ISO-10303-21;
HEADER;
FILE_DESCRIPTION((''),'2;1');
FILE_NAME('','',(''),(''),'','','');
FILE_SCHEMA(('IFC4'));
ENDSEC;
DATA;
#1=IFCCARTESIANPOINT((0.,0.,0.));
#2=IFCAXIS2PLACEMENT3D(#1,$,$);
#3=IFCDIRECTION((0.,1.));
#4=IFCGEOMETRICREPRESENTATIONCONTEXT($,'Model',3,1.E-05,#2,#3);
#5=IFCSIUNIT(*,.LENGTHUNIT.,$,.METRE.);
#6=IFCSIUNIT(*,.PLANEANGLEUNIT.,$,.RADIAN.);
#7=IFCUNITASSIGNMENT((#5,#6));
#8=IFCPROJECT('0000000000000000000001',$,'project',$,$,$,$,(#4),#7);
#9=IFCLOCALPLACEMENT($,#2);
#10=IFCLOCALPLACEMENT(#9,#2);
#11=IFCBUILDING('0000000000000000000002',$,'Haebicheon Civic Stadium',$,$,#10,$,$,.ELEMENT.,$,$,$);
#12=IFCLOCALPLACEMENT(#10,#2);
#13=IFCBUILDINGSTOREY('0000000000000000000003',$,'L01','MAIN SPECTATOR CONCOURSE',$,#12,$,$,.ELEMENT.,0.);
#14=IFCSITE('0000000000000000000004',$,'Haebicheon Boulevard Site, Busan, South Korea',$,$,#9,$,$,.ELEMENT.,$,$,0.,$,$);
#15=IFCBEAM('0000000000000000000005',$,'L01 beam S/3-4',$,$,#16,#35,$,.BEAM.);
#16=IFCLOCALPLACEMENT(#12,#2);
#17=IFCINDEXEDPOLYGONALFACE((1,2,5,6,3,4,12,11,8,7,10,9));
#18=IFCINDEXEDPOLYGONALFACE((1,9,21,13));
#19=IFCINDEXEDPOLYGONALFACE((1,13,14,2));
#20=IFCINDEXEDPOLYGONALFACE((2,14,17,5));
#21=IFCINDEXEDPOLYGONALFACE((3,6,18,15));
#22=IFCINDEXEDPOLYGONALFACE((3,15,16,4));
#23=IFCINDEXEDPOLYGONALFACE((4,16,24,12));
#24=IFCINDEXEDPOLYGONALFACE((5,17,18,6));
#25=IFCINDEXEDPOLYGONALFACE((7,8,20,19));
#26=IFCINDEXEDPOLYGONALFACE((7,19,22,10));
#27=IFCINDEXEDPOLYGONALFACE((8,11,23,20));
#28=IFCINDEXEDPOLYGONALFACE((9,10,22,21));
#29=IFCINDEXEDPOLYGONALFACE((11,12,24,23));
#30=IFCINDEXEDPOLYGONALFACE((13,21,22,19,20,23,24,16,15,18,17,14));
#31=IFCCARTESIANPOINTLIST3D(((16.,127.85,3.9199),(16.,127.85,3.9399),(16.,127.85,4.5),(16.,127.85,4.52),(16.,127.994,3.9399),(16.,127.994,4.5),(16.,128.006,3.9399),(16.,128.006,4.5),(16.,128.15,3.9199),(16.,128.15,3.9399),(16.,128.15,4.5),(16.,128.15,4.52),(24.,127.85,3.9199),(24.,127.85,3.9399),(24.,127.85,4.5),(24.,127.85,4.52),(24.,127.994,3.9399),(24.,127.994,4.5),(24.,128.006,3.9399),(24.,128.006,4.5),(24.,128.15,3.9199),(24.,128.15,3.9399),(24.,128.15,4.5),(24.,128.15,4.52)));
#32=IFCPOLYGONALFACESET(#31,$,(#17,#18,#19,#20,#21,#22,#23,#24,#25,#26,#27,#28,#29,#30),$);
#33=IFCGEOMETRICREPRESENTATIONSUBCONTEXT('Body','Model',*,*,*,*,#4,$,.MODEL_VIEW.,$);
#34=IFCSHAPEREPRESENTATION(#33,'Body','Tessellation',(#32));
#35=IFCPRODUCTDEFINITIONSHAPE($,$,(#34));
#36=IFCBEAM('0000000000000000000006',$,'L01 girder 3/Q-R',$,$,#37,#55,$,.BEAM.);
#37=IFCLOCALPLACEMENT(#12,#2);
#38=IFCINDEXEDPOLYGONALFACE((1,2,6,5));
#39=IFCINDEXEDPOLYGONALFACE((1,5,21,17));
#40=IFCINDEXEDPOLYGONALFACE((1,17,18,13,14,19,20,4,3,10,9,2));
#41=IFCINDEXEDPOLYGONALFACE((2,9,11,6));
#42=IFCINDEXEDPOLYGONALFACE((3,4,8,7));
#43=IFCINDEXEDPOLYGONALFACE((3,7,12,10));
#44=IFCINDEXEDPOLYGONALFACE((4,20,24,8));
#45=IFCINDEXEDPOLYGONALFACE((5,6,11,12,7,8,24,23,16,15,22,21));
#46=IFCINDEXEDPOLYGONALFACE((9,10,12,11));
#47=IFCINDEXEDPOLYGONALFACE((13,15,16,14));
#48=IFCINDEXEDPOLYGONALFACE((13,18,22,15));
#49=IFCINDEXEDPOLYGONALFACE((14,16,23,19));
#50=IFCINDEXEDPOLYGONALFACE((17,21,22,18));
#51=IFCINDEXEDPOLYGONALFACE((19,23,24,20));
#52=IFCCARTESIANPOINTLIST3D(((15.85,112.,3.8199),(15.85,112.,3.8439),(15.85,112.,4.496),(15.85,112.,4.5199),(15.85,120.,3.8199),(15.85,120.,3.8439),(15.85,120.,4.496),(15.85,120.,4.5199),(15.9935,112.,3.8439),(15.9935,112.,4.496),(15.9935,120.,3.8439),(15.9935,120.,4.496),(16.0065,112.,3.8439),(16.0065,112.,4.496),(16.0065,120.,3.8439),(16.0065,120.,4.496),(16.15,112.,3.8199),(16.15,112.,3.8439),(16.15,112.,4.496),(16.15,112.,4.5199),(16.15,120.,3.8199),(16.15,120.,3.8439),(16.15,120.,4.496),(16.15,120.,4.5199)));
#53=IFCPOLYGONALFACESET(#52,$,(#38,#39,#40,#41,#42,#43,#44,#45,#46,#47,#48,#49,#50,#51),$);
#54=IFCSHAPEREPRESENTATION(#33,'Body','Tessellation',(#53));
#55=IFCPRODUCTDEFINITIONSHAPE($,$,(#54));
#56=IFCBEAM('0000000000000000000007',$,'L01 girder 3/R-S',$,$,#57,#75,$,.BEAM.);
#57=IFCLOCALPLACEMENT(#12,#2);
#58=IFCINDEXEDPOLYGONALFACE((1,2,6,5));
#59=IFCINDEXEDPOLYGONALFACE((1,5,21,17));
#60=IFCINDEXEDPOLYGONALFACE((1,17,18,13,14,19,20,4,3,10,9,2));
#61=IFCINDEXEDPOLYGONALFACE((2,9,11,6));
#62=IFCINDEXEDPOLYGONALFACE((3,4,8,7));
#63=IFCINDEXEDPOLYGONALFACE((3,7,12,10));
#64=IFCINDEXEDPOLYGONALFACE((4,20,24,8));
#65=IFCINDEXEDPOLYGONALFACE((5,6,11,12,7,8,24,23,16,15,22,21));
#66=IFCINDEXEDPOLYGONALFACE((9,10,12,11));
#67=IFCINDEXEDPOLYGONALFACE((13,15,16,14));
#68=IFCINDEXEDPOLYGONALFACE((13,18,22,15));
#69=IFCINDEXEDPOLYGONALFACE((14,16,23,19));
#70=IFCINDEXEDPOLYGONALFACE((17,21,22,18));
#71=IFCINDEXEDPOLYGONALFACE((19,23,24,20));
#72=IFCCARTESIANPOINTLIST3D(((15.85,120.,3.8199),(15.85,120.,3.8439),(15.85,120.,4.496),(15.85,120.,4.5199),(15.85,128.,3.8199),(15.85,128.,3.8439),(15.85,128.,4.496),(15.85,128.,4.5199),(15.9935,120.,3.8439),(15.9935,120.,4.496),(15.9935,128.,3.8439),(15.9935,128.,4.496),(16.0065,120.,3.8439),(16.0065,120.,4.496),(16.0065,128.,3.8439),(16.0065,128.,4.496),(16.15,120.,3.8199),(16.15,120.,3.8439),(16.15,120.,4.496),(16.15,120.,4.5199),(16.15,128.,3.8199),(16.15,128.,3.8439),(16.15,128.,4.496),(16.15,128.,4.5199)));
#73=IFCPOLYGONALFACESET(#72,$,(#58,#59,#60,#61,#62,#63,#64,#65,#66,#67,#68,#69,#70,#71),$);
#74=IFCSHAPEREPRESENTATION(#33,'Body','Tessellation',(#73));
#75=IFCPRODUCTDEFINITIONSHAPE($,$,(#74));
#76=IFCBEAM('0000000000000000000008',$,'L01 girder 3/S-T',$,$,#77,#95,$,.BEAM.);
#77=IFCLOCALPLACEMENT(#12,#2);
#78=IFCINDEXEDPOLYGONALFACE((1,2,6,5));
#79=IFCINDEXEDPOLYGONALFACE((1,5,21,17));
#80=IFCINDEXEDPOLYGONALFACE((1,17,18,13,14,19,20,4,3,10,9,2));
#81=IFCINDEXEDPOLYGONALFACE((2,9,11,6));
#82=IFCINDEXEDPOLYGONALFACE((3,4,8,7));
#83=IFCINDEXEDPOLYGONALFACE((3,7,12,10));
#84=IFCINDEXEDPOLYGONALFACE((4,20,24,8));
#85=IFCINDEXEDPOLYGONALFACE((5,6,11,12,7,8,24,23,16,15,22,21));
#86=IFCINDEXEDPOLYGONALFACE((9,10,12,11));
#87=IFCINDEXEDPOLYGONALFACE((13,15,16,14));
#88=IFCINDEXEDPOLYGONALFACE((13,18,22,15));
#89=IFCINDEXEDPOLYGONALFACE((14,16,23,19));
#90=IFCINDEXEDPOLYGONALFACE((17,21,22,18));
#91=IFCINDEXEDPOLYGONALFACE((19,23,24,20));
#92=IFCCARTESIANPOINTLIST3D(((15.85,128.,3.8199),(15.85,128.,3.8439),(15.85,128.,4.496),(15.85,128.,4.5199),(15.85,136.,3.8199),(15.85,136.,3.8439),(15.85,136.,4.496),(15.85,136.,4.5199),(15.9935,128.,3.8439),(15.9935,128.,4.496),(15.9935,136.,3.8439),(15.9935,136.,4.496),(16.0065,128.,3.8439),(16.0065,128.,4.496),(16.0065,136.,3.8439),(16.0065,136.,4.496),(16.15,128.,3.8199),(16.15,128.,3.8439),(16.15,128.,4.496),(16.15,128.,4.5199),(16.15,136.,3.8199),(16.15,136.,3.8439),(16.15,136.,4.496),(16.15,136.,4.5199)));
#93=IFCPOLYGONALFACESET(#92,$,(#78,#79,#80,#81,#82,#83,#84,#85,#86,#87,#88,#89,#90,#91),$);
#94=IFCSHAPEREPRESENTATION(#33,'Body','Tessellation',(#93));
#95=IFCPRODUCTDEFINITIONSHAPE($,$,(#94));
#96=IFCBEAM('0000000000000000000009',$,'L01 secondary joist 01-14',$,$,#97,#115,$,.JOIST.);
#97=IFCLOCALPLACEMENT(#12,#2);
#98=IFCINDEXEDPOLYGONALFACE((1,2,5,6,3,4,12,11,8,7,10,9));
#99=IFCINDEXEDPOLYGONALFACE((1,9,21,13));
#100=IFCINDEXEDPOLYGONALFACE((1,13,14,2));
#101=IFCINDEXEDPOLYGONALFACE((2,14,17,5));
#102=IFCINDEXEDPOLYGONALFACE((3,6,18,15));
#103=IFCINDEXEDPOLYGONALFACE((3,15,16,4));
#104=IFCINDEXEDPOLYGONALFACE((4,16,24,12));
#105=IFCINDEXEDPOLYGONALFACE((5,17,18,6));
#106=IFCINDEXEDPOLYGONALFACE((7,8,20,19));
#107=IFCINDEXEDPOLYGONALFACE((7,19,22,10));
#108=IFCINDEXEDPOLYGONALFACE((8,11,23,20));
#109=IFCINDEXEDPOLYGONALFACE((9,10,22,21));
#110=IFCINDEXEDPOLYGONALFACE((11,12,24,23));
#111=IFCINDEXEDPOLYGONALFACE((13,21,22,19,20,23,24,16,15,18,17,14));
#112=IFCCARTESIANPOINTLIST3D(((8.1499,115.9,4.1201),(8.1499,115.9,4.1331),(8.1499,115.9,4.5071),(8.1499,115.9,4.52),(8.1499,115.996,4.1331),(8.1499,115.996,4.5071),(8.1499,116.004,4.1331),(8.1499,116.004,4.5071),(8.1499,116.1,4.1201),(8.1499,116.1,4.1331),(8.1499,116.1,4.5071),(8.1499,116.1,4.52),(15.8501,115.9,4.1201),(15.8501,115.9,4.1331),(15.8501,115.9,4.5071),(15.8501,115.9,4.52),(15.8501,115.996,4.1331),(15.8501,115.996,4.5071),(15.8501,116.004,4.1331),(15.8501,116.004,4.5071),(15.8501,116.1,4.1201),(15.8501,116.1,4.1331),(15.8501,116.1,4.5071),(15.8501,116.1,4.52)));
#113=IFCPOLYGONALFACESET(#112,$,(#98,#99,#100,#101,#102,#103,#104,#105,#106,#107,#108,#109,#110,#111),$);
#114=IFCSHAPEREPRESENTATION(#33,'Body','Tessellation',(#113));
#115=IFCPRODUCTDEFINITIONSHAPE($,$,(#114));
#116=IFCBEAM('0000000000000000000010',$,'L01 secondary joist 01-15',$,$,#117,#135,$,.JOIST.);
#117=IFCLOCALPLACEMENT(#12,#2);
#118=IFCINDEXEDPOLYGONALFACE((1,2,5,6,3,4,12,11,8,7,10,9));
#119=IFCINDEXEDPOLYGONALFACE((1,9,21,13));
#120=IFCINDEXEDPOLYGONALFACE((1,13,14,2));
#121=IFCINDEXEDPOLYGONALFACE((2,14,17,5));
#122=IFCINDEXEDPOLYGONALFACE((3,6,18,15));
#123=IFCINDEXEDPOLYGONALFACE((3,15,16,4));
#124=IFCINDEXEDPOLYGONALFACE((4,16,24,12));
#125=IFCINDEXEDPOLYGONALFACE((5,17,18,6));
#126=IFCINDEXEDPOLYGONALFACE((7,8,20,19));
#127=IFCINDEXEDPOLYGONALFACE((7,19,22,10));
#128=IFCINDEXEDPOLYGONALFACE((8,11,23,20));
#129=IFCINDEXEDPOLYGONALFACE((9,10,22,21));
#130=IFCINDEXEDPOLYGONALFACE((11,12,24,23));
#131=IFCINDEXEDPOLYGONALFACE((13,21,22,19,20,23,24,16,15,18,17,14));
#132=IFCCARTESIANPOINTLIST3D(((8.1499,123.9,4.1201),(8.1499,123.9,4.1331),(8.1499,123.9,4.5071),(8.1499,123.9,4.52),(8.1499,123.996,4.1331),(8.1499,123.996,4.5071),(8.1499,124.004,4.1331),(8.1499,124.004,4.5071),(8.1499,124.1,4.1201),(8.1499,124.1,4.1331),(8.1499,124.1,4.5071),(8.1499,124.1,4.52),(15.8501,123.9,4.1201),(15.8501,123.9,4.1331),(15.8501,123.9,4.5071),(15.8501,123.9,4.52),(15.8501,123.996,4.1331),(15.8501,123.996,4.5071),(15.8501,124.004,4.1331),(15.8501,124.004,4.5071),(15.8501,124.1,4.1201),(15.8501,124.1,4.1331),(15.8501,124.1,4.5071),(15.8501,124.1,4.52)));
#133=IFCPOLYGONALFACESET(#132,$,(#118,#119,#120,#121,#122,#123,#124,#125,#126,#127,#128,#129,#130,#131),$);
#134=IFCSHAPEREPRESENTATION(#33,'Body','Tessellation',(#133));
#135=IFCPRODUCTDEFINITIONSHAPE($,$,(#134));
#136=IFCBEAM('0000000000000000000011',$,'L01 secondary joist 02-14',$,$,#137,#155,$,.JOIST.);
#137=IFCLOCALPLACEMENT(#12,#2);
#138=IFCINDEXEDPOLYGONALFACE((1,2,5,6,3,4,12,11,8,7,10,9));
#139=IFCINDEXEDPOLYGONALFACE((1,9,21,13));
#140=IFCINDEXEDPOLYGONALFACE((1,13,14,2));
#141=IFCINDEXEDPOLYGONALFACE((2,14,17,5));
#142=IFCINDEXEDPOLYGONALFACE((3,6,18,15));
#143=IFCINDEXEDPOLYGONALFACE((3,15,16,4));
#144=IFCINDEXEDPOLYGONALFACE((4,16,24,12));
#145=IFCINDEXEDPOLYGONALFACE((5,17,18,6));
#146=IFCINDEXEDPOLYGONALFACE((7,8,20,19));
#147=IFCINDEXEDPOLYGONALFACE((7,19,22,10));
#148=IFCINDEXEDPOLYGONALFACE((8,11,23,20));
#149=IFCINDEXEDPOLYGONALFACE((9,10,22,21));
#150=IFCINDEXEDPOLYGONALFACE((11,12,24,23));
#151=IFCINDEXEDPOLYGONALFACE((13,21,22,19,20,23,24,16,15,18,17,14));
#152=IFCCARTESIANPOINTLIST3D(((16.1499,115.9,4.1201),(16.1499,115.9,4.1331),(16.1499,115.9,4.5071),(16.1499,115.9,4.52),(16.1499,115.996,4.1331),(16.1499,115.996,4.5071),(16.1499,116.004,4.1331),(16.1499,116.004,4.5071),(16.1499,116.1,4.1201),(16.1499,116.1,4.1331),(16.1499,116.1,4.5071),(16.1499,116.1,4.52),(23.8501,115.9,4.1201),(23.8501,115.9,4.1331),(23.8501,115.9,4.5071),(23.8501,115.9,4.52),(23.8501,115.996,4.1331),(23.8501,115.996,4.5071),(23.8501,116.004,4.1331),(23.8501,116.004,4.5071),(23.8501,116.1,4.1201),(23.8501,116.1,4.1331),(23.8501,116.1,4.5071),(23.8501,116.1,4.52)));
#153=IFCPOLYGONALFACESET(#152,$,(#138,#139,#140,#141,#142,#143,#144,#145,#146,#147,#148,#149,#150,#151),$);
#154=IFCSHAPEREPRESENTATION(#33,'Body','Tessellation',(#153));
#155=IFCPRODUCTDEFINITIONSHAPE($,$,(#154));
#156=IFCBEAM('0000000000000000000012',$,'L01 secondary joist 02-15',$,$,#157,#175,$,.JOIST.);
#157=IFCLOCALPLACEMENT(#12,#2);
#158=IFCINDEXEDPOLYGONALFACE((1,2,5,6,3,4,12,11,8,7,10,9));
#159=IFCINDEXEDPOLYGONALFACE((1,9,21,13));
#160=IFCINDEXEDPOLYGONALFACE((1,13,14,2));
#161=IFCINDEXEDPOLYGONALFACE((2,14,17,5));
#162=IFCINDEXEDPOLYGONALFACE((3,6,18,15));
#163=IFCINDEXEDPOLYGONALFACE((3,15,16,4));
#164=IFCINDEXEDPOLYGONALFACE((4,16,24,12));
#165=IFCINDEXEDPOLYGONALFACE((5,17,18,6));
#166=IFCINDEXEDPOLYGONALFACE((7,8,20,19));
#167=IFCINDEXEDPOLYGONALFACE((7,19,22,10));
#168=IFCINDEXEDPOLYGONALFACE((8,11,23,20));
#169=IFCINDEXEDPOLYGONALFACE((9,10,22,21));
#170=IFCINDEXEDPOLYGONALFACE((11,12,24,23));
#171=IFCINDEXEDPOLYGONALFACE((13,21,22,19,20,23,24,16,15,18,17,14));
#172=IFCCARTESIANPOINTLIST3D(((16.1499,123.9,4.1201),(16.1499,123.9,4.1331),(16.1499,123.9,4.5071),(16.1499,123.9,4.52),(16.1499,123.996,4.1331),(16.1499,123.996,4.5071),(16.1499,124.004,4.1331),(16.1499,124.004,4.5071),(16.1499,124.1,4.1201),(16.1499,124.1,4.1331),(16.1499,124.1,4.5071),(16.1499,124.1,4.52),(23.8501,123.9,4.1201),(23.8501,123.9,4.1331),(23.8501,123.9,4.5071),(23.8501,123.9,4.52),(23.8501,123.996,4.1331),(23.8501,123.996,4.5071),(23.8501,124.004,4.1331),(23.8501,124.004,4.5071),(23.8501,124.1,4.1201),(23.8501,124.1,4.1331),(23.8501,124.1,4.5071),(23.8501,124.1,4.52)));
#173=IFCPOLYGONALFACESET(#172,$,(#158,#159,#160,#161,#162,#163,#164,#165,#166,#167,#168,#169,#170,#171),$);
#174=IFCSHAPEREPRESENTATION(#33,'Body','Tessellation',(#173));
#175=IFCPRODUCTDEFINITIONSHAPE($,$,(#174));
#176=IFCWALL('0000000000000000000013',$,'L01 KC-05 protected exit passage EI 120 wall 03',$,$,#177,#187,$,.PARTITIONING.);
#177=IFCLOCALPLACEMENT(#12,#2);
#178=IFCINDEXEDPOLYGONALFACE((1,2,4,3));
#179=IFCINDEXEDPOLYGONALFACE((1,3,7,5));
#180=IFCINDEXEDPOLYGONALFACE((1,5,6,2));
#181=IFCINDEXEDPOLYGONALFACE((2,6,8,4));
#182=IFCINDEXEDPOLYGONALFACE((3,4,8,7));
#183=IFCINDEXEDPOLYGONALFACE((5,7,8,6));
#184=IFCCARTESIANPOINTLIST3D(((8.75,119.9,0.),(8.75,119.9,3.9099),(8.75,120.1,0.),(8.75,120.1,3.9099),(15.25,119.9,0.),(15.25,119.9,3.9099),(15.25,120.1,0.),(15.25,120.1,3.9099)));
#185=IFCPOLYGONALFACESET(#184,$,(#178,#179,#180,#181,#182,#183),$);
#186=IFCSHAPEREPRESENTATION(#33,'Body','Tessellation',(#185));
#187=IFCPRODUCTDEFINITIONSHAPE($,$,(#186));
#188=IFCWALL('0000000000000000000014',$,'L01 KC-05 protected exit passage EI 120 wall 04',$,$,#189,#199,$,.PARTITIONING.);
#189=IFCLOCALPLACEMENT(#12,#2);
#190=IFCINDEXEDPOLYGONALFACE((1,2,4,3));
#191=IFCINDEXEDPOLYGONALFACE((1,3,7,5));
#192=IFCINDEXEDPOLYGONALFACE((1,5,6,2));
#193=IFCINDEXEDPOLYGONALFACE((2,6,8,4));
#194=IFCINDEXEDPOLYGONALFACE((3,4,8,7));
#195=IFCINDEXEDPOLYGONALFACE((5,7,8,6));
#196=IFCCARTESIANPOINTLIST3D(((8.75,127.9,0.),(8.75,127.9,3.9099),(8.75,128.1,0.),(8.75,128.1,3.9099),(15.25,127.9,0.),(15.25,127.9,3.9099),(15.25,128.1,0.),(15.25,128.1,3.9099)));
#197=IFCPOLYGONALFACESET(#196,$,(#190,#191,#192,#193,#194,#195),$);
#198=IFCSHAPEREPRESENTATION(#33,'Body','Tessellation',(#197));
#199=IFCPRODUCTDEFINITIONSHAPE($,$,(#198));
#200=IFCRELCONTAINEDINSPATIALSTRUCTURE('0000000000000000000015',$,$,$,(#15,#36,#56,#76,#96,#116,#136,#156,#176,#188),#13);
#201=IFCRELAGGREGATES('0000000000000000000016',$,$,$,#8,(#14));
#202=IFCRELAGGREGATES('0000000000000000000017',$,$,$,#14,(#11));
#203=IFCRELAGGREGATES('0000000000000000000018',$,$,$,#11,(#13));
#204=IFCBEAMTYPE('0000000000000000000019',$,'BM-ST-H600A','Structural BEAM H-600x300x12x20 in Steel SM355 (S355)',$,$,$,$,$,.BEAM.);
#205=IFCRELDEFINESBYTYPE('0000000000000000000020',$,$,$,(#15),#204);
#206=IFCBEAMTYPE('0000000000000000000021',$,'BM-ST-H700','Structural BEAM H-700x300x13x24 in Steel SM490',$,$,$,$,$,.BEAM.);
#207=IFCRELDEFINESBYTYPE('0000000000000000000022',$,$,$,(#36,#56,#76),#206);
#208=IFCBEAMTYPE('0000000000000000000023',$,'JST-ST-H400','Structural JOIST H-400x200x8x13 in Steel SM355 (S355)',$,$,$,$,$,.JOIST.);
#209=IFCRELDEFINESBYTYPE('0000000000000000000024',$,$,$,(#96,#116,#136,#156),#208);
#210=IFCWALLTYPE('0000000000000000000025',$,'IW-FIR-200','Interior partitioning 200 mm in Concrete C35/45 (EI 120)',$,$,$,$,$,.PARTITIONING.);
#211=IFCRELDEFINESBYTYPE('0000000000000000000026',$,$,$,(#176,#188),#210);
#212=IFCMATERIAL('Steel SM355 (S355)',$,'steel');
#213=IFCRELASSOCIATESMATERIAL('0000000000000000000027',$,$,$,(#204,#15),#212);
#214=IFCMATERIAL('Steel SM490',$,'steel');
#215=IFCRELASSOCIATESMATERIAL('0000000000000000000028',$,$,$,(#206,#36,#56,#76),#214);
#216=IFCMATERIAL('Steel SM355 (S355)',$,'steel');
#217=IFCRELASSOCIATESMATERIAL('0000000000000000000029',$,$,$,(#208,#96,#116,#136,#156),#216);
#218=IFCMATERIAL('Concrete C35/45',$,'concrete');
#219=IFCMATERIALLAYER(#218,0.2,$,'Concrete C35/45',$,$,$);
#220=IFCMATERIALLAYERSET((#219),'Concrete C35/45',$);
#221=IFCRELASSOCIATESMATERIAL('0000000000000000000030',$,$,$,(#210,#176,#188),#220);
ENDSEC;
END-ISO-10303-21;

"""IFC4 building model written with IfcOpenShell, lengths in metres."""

from ifc_helpers import new_model, si_unit, direction, frame, frame_2d, origin, origin_2d, place, context, subcontext, project, spatial, rectangle, i_section, extrude, material, layer, layer_set, material_profile, profile_set, type_object, element, save


model = new_model("IFC4")

# Units and contexts
model_context = context("Model", 3, precision=1e-05, world=origin(), true_north=direction((0.0, 1.0)))
body_context = subcontext(model_context, "Body", "Model", "MODEL_VIEW")
ifc_project = project(units=[si_unit("LENGTHUNIT", "METRE"), si_unit("PLANEANGLEUNIT", "RADIAN")], contexts=[model_context])

# Site, building, storey
site_placement = place(None, origin())
site = spatial("IfcSite", under=ifc_project, at=site_placement, Name="Haebicheon Boulevard Site, Busan, South Korea", CompositionType="ELEMENT", RefElevation=0.0)
building_placement = place(site_placement, origin())
building = spatial("IfcBuilding", under=site, at=building_placement, Name="Haebicheon Civic Stadium", CompositionType="ELEMENT")
storey_placement = place(building_placement, origin())
storey = spatial("IfcBuildingStorey", under=building, at=storey_placement, Name="L01", Description="MAIN SPECTATOR CONCOURSE", CompositionType="ELEMENT", Elevation=0.0)

# Beams
ifc_material_1 = material(Name="Steel SM355 (S355)", Category="steel")
ifc_material_profile_1 = material_profile(ifc_material_1, i_section(OverallWidth=0.3, OverallDepth=0.6001, WebThickness=0.012, FlangeThickness=0.02, at=origin_2d()), Name="H-600x300x12x20")
ifc_profile_set_1 = profile_set([ifc_material_profile_1], Name="Steel SM355 (S355)")
beam_type_1 = type_object("IfcBeamType", Name="BM-ST-H600A", Description="Structural BEAM H-600x300x12x20 in Steel SM355 (S355)", PredefinedType="BEAM", material=ifc_profile_set_1)
for number, where, z_axis, x_axis, name in (
    (1, (16.0, 128.0, 4.22), (1.0, 0.0, 0.0), (0.0, 1.0, 0.0), "L01 beam S/3-4"),
):
    element("IfcBeam", number, at=place(storey_placement, frame(where, z_axis=z_axis, x_axis=x_axis)), inside=storey, type_object=beam_type_1, material=ifc_profile_set_1, Name=name, PredefinedType="BEAM", context=body_context, shape_type="SweptSolid", body=[
        extrude(i_section(OverallWidth=0.3, OverallDepth=0.6001, WebThickness=0.012, FlangeThickness=0.02, at=origin_2d()), origin(), (0.0, 0.0, 1.0), 8.0),
    ])
ifc_material_2 = material(Name="Steel SM490", Category="steel")
ifc_material_profile_2 = material_profile(ifc_material_2, i_section(OverallWidth=0.3, OverallDepth=0.7, WebThickness=0.0129, FlangeThickness=0.0239, at=origin_2d()), Name="H-700x300x13x24")
ifc_profile_set_2 = profile_set([ifc_material_profile_2], Name="Steel SM490")
beam_type_2 = type_object("IfcBeamType", Name="BM-ST-H700", Description="Structural BEAM H-700x300x13x24 in Steel SM490", PredefinedType="BEAM", material=ifc_profile_set_2)
for number, where, z_axis, x_axis, name in (
    (2, (16.0, 112.0, 4.1699), (0.0, 1.0, 0.0), (-1.0, 0.0, 0.0), "L01 girder 3/Q-R"),
    (3, (16.0, 120.0, 4.1699), (0.0, 1.0, 0.0), (-1.0, 0.0, 0.0), "L01 girder 3/R-S"),
    (4, (16.0, 128.0, 4.1699), (0.0, 1.0, 0.0), (-1.0, 0.0, 0.0), "L01 girder 3/S-T"),
):
    element("IfcBeam", number, at=place(storey_placement, frame(where, z_axis=z_axis, x_axis=x_axis)), inside=storey, type_object=beam_type_2, material=ifc_profile_set_2, Name=name, PredefinedType="BEAM", context=body_context, shape_type="SweptSolid", body=[
        extrude(i_section(OverallWidth=0.3, OverallDepth=0.7, WebThickness=0.0129, FlangeThickness=0.0239, at=origin_2d()), origin(), (0.0, 0.0, 1.0), 8.0),
    ])
ifc_material_3 = material(Name="Steel SM355 (S355)", Category="steel")
ifc_material_profile_3 = material_profile(ifc_material_3, i_section(OverallWidth=0.2, OverallDepth=0.3999, WebThickness=0.0081, FlangeThickness=0.0129, at=origin_2d()), Name="H-400x200x8x13")
ifc_profile_set_3 = profile_set([ifc_material_profile_3], Name="Steel SM355 (S355)")
beam_type_3 = type_object("IfcBeamType", Name="JST-ST-H400", Description="Structural JOIST H-400x200x8x13 in Steel SM355 (S355)", PredefinedType="JOIST", material=ifc_profile_set_3)
for number, where, z_axis, x_axis, name in (
    (5, (8.1499, 116.0, 4.3201), (1.0, 0.0, 0.0), (0.0, 1.0, 0.0), "L01 secondary joist 01-14"),
    (6, (8.1499, 124.0, 4.3201), (1.0, 0.0, 0.0), (0.0, 1.0, 0.0), "L01 secondary joist 01-15"),
    (7, (16.1499, 116.0, 4.3201), (1.0, 0.0, 0.0), (0.0, 1.0, 0.0), "L01 secondary joist 02-14"),
    (8, (16.1499, 124.0, 4.3201), (1.0, 0.0, 0.0), (0.0, 1.0, 0.0), "L01 secondary joist 02-15"),
):
    element("IfcBeam", number, at=place(storey_placement, frame(where, z_axis=z_axis, x_axis=x_axis)), inside=storey, type_object=beam_type_3, material=ifc_profile_set_3, Name=name, PredefinedType="JOIST", context=body_context, shape_type="SweptSolid", body=[
        extrude(i_section(OverallWidth=0.2, OverallDepth=0.3999, WebThickness=0.0081, FlangeThickness=0.0129, at=origin_2d()), origin(), (0.0, 0.0, 1.0), 7.7002),
    ])

# Walls
ifc_material_4 = material(Name="Concrete C35/45", Category="concrete")
ifc_layer_1 = layer(ifc_material_4, 0.2, Name="Concrete C35/45")
ifc_layer_set_1 = layer_set([ifc_layer_1], Name="Concrete C35/45")
wall_type_1 = type_object("IfcWallType", Name="IW-FIR-200", Description="Interior partitioning 200 mm in Concrete C35/45 (EI 120)", PredefinedType="PARTITIONING", material=ifc_layer_set_1)
for number, where, z_axis, x_axis, name in (
    (9, (8.75, 120.0, 0.0), (0.0, 0.0, 1.0), (1.0, 0.0, 0.0), "L01 KC-05 protected exit passage EI 120 wall 03"),
    (10, (8.75, 128.0, 0.0), (0.0, 0.0, 1.0), (1.0, 0.0, 0.0), "L01 KC-05 protected exit passage EI 120 wall 04"),
):
    element("IfcWall", number, at=place(storey_placement, frame(where, z_axis=z_axis, x_axis=x_axis)), inside=storey, type_object=wall_type_1, material=ifc_layer_set_1, Name=name, PredefinedType="PARTITIONING", context=body_context, shape_type="SweptSolid", body=[
        extrude(rectangle(XDim=6.5, YDim=0.2, at=frame_2d((3.25, 0.0))), origin(), (0.0, 0.0, 1.0), 3.9099),
    ])

save(model, "model.ifc")
